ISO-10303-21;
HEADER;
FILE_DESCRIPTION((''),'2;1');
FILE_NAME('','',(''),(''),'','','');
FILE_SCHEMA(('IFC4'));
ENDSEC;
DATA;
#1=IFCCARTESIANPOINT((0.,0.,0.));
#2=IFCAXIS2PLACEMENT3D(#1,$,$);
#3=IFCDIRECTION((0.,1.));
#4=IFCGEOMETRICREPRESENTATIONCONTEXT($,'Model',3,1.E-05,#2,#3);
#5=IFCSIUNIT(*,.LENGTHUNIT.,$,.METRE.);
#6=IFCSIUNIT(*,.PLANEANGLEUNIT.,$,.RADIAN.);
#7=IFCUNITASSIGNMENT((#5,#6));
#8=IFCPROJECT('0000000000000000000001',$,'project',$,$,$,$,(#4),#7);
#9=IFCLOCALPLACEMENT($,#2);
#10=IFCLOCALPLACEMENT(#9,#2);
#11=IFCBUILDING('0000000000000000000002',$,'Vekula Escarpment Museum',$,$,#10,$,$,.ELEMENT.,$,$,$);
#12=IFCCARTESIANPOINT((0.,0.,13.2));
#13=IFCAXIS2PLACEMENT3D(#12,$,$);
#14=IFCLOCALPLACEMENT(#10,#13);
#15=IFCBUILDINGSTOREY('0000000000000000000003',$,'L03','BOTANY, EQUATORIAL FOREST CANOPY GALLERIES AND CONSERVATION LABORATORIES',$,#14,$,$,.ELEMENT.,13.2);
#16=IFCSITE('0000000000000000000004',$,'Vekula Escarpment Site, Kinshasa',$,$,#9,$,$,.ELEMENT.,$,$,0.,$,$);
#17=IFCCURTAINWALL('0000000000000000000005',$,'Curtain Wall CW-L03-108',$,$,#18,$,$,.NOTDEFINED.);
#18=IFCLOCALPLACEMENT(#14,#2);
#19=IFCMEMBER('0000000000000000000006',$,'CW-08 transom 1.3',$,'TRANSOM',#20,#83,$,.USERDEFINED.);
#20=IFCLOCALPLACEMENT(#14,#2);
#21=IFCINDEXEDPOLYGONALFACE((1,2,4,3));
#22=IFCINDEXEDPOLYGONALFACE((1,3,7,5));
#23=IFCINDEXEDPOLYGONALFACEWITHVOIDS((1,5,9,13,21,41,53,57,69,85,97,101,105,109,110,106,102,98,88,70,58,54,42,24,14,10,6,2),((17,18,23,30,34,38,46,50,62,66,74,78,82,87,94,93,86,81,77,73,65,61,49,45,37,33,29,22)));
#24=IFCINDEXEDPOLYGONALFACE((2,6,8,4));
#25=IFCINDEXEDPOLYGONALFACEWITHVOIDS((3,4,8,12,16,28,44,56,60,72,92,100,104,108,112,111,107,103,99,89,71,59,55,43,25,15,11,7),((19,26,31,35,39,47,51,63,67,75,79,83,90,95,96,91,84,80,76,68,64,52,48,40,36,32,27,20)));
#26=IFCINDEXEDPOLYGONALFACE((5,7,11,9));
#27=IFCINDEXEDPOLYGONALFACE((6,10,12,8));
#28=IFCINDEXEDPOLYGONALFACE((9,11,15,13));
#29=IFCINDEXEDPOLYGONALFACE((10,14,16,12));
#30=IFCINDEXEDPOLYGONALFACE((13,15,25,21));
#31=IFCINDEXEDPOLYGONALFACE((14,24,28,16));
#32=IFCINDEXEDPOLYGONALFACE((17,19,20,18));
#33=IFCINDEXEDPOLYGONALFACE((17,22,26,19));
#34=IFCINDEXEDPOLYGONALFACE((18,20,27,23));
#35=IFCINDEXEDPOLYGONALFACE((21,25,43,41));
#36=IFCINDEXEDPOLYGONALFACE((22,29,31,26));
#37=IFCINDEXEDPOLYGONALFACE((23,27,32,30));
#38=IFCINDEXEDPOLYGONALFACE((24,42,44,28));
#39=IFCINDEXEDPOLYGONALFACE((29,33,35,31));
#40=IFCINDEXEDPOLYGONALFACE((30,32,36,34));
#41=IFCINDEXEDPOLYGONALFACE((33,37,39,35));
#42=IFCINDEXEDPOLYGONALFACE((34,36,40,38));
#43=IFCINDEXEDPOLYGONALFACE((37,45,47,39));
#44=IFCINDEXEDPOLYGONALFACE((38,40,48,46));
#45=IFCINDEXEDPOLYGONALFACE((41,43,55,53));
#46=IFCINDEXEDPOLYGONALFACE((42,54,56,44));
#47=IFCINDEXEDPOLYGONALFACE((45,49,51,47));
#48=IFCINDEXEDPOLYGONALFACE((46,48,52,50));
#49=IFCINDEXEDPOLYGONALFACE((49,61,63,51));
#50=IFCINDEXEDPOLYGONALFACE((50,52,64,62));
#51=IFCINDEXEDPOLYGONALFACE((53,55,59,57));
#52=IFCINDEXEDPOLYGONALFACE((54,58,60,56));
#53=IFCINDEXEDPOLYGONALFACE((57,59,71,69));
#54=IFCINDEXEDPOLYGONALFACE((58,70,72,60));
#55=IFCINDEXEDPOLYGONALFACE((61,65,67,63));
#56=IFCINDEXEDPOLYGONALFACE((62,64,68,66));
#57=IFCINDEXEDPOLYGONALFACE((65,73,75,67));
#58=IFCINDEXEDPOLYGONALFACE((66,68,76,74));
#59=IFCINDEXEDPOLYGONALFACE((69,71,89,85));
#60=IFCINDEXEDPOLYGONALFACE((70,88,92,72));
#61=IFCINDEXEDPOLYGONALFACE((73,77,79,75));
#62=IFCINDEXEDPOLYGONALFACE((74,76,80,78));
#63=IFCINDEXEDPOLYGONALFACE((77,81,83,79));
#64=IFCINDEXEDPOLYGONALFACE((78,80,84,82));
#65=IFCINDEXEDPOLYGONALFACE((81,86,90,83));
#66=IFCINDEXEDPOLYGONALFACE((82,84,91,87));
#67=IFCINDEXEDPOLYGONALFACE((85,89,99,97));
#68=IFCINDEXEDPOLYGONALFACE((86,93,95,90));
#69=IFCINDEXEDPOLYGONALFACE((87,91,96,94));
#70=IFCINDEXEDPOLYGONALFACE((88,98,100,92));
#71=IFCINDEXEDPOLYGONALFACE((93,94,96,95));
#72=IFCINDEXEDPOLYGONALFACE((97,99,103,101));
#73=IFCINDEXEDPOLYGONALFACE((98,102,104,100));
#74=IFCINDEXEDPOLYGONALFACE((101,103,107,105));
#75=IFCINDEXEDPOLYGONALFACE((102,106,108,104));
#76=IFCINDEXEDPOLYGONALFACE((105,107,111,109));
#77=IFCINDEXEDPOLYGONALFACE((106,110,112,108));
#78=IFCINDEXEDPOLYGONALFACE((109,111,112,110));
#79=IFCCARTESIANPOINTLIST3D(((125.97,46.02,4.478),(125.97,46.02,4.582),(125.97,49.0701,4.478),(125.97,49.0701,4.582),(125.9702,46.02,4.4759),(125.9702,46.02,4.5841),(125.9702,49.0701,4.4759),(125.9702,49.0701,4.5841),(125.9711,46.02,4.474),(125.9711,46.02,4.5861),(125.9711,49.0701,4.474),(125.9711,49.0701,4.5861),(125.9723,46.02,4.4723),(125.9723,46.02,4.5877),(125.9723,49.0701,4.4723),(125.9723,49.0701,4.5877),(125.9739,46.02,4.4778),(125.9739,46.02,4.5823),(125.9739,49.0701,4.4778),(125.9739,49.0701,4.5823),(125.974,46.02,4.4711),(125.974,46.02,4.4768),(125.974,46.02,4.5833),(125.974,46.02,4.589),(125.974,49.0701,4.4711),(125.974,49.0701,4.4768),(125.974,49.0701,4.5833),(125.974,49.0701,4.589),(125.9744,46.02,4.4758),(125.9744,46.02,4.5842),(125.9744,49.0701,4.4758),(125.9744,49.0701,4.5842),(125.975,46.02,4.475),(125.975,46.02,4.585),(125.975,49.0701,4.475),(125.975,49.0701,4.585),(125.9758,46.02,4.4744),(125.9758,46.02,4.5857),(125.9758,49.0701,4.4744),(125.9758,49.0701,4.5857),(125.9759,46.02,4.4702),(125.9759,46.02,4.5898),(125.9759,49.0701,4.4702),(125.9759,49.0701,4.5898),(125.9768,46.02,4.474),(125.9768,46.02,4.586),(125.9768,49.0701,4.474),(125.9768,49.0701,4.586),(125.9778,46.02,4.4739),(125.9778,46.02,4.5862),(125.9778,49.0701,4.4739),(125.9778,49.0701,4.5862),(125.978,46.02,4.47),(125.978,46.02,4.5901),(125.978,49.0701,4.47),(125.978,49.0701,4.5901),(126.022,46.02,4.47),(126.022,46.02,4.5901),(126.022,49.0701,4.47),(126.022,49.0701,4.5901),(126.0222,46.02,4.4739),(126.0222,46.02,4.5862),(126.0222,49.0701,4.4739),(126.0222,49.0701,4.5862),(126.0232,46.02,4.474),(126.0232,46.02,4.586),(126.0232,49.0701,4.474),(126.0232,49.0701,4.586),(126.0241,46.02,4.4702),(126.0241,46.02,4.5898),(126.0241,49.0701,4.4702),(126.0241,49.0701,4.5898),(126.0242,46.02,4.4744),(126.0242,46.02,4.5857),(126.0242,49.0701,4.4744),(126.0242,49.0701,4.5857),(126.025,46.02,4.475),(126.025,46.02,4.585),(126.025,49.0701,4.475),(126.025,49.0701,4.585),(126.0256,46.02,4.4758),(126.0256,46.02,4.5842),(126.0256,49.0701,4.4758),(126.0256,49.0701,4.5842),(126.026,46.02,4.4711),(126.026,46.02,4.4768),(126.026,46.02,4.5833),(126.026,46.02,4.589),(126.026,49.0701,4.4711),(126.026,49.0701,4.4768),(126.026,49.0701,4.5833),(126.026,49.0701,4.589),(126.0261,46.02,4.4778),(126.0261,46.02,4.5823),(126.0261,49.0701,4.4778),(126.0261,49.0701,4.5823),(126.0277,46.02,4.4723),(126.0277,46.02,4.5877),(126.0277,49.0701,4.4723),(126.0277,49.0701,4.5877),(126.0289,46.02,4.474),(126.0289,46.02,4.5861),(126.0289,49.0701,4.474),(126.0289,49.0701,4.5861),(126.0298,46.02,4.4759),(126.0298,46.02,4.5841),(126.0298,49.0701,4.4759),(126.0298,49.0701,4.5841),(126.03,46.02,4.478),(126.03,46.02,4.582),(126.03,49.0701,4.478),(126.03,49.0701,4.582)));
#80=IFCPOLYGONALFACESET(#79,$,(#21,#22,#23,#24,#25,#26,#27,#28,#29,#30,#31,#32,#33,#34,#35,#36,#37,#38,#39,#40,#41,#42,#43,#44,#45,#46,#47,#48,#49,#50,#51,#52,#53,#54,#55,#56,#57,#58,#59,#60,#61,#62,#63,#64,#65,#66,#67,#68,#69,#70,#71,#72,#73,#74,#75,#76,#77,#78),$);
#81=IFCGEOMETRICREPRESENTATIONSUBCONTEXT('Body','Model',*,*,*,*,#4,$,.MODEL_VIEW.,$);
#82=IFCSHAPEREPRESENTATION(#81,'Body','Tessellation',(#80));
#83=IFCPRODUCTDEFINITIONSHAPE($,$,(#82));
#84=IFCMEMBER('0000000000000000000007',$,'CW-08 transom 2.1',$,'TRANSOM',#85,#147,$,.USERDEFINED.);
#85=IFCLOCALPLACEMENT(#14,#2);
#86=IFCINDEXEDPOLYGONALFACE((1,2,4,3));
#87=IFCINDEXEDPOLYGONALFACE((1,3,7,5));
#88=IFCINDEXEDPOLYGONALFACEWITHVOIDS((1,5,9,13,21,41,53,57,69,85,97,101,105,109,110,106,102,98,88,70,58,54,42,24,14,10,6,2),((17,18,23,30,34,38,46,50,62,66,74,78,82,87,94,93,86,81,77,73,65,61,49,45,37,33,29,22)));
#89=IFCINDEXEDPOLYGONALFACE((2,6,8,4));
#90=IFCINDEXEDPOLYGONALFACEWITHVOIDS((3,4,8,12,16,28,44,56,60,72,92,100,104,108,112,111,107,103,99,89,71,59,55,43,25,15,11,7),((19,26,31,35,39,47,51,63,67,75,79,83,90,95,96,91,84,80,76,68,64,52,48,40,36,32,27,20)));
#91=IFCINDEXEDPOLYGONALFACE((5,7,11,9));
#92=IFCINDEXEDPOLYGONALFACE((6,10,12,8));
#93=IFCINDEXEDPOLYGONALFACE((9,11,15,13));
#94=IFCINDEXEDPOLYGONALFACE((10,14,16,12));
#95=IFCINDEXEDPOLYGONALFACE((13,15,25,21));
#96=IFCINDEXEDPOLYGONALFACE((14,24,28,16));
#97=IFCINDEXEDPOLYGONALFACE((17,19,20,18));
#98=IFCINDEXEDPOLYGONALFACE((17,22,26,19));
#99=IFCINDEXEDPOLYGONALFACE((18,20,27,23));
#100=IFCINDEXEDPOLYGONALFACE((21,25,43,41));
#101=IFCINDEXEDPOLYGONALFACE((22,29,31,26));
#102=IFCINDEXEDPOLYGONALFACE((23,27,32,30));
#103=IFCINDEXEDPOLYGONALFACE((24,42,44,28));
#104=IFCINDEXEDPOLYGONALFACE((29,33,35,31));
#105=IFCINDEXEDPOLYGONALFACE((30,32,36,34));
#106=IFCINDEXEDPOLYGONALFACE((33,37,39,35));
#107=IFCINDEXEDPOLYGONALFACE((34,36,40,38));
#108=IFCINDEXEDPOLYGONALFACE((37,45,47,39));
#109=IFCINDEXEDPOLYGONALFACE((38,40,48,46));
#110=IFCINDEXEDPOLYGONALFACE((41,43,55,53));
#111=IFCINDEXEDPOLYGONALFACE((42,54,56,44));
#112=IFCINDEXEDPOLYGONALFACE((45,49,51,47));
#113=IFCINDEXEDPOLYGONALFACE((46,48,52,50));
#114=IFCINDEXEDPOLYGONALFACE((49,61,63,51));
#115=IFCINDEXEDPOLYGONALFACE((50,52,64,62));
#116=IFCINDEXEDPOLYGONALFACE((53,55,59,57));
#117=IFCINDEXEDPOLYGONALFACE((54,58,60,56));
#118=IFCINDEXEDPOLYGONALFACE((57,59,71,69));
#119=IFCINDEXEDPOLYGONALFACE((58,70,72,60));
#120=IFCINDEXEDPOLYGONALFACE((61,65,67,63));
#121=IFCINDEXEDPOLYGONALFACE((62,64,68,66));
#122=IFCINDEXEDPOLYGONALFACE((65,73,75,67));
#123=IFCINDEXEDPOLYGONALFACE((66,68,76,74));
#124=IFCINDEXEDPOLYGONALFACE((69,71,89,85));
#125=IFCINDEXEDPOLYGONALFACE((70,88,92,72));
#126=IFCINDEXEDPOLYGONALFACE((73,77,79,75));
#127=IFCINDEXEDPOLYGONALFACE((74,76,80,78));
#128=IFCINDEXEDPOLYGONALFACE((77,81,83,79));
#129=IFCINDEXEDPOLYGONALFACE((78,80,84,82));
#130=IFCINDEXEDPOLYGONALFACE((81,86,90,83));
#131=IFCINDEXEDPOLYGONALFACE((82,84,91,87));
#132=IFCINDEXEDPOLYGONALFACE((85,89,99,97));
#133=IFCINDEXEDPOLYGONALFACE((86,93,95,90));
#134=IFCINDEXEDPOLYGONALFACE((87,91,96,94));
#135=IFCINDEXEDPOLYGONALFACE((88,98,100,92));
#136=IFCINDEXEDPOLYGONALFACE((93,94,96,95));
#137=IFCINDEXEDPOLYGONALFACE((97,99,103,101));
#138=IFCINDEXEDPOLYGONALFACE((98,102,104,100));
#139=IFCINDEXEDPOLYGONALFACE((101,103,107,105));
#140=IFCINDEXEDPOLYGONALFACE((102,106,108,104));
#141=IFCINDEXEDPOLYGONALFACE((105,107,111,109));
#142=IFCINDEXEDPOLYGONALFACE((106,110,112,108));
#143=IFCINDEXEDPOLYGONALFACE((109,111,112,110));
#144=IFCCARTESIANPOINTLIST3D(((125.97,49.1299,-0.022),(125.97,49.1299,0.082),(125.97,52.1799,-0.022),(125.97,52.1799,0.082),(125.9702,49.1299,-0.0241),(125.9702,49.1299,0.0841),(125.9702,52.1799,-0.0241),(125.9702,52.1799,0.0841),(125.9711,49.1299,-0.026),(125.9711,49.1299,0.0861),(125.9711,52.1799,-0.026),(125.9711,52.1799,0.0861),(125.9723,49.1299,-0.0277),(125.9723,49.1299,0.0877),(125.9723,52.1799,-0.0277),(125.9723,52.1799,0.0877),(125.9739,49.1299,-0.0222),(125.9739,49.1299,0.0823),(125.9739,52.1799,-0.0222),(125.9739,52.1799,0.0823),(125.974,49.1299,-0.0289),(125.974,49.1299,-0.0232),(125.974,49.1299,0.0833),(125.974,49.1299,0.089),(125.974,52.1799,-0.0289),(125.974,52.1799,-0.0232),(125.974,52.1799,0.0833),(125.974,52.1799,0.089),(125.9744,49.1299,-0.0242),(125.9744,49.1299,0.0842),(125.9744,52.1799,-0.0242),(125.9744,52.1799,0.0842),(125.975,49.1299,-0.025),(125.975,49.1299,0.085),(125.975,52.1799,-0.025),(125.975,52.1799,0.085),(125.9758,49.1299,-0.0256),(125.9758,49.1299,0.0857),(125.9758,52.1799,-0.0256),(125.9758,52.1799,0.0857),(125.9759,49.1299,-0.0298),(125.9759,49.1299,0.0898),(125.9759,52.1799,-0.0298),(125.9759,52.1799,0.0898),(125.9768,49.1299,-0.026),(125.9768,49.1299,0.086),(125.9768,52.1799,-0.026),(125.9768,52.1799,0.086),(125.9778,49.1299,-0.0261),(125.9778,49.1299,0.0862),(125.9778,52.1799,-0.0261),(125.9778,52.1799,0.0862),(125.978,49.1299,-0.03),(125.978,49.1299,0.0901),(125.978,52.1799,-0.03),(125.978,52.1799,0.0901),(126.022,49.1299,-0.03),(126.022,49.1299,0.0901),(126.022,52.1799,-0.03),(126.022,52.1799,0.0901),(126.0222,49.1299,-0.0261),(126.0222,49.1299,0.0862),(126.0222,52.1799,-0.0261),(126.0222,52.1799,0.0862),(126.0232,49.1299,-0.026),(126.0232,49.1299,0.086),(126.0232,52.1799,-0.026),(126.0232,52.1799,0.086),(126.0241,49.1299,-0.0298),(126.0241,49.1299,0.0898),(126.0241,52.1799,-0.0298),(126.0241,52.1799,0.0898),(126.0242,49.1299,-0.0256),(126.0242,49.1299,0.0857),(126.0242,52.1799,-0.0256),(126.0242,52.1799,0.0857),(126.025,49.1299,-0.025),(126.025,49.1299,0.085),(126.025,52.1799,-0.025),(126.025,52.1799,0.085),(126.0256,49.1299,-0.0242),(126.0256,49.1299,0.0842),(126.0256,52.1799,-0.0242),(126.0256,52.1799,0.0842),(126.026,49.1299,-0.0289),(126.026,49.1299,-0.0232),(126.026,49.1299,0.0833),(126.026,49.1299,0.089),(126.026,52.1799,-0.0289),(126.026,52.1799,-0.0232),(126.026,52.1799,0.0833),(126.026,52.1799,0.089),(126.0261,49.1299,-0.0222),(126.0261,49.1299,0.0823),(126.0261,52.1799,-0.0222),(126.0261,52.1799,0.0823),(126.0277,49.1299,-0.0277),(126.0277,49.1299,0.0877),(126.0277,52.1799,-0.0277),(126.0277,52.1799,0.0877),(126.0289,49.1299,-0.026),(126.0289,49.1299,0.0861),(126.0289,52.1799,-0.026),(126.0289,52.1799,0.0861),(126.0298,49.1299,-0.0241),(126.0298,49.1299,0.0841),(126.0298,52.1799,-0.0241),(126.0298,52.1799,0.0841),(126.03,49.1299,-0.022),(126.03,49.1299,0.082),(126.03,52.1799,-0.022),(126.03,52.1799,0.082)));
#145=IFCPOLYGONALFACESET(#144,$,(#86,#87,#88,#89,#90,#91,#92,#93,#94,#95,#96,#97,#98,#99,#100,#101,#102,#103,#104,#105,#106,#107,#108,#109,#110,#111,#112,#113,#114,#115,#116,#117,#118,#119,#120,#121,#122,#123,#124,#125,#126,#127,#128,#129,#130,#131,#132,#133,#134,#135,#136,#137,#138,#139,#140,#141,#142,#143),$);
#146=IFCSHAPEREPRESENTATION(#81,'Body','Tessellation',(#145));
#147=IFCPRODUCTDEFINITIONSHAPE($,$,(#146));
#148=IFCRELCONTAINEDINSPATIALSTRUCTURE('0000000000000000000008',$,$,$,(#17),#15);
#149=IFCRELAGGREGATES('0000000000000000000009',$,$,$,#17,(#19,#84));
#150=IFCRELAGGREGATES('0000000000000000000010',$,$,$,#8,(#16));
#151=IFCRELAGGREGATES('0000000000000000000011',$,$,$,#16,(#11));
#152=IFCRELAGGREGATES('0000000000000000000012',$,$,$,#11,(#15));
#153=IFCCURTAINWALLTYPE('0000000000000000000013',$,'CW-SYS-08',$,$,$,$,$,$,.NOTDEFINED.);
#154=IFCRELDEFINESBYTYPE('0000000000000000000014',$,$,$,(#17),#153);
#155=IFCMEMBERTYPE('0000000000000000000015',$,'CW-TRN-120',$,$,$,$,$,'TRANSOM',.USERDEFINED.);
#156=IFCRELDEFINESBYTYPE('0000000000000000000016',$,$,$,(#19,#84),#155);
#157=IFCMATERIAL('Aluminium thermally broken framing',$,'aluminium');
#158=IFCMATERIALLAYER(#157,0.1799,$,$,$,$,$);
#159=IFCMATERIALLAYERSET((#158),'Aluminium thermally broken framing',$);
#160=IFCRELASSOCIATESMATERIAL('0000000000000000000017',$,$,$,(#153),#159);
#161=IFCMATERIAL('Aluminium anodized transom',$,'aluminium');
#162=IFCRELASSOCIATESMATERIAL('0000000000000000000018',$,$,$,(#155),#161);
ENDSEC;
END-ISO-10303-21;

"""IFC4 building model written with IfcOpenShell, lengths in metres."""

from ifc_helpers import new_model, si_unit, direction, frame, origin, origin_2d, place, context, subcontext, project, spatial, hollow_rectangle, extrude, material, layer, layer_set, material_profile, profile_set, type_object, element, aggregate, save


model = new_model("IFC4")

# Units and contexts
model_context = context("Model", 3, precision=1e-05, world=origin(), true_north=direction((0.0, 1.0)))
body_context = subcontext(model_context, "Body", "Model", "MODEL_VIEW")
ifc_project = project(units=[si_unit("LENGTHUNIT", "METRE"), si_unit("PLANEANGLEUNIT", "RADIAN")], contexts=[model_context])

# Site, building, storey
site_placement = place(None, origin())
site = spatial("IfcSite", under=ifc_project, at=site_placement, Name="Vekula Escarpment Site, Kinshasa", CompositionType="ELEMENT", RefElevation=0.0)
building_placement = place(site_placement, origin())
building = spatial("IfcBuilding", under=site, at=building_placement, Name="Vekula Escarpment Museum", CompositionType="ELEMENT")
storey_placement = place(building_placement, frame((0.0, 0.0, 13.2)))
storey = spatial("IfcBuildingStorey", under=building, at=storey_placement, Name="L03", Description="BOTANY, EQUATORIAL FOREST CANOPY GALLERIES AND CONSERVATION LABORATORIES", CompositionType="ELEMENT", Elevation=13.2)

# Curtain wall
ifc_material_1 = material(Name="Aluminium thermally broken framing", Category="aluminium")
ifc_layer_1 = layer(ifc_material_1, 0.1799)
ifc_layer_set_1 = layer_set([ifc_layer_1], Name="Aluminium thermally broken framing")
curtain_wall_type_1 = type_object("IfcCurtainWallType", Name="CW-SYS-08", PredefinedType="NOTDEFINED", material=ifc_layer_set_1)
curtain_wall_1_placement = place(storey_placement, origin())
curtain_wall_1 = element("IfcCurtainWall", 1, at=curtain_wall_1_placement, inside=storey, type_object=curtain_wall_type_1, Name="Curtain Wall CW-L03-108", PredefinedType="NOTDEFINED")

# Members
ifc_material_2 = material(Name="Aluminium anodized transom", Category="aluminium")
ifc_material_profile_1 = material_profile(ifc_material_2, hollow_rectangle(XDim=0.0601, YDim=0.1201, WallThickness=0.0039, InnerFilletRadius=0.0039, OuterFilletRadius=0.0081, at=origin_2d()), Name="ALU 120x60x4")
ifc_profile_set_1 = profile_set([ifc_material_profile_1], Name="Aluminium anodized transom")
member_type_1 = type_object("IfcMemberType", Name="CW-TRN-120", ElementType="TRANSOM", PredefinedType="USERDEFINED", material=ifc_profile_set_1)
member_1_placement = place(storey_placement, frame((126.0, 46.02, 4.53), z_axis=(0.0, 1.0, 0.0), x_axis=(-1.0, 0.0, 0.0)))
member_1 = element("IfcMember", 2, at=member_1_placement, type_object=member_type_1, Name="CW-08 transom 1.3", ObjectType="TRANSOM", PredefinedType="USERDEFINED", context=body_context, shape_type="SweptSolid", body=[
    extrude(hollow_rectangle(XDim=0.0601, YDim=0.1201, WallThickness=0.0039, InnerFilletRadius=0.0039, OuterFilletRadius=0.0081, at=origin_2d()), origin(), (0.0, 0.0, 1.0), 3.05),
])
member_2_placement = place(storey_placement, frame((126.0, 49.1299, 0.03), z_axis=(0.0, 1.0, 0.0), x_axis=(-1.0, 0.0, 0.0)))
member_2 = element("IfcMember", 3, at=member_2_placement, type_object=member_type_1, Name="CW-08 transom 2.1", ObjectType="TRANSOM", PredefinedType="USERDEFINED", context=body_context, shape_type="SweptSolid", body=[
    extrude(hollow_rectangle(XDim=0.0601, YDim=0.1201, WallThickness=0.0039, InnerFilletRadius=0.0039, OuterFilletRadius=0.0081, at=origin_2d()), origin(), (0.0, 0.0, 1.0), 3.05),
])

aggregate(curtain_wall_1, [member_1, member_2])

save(model, "model.ifc")
